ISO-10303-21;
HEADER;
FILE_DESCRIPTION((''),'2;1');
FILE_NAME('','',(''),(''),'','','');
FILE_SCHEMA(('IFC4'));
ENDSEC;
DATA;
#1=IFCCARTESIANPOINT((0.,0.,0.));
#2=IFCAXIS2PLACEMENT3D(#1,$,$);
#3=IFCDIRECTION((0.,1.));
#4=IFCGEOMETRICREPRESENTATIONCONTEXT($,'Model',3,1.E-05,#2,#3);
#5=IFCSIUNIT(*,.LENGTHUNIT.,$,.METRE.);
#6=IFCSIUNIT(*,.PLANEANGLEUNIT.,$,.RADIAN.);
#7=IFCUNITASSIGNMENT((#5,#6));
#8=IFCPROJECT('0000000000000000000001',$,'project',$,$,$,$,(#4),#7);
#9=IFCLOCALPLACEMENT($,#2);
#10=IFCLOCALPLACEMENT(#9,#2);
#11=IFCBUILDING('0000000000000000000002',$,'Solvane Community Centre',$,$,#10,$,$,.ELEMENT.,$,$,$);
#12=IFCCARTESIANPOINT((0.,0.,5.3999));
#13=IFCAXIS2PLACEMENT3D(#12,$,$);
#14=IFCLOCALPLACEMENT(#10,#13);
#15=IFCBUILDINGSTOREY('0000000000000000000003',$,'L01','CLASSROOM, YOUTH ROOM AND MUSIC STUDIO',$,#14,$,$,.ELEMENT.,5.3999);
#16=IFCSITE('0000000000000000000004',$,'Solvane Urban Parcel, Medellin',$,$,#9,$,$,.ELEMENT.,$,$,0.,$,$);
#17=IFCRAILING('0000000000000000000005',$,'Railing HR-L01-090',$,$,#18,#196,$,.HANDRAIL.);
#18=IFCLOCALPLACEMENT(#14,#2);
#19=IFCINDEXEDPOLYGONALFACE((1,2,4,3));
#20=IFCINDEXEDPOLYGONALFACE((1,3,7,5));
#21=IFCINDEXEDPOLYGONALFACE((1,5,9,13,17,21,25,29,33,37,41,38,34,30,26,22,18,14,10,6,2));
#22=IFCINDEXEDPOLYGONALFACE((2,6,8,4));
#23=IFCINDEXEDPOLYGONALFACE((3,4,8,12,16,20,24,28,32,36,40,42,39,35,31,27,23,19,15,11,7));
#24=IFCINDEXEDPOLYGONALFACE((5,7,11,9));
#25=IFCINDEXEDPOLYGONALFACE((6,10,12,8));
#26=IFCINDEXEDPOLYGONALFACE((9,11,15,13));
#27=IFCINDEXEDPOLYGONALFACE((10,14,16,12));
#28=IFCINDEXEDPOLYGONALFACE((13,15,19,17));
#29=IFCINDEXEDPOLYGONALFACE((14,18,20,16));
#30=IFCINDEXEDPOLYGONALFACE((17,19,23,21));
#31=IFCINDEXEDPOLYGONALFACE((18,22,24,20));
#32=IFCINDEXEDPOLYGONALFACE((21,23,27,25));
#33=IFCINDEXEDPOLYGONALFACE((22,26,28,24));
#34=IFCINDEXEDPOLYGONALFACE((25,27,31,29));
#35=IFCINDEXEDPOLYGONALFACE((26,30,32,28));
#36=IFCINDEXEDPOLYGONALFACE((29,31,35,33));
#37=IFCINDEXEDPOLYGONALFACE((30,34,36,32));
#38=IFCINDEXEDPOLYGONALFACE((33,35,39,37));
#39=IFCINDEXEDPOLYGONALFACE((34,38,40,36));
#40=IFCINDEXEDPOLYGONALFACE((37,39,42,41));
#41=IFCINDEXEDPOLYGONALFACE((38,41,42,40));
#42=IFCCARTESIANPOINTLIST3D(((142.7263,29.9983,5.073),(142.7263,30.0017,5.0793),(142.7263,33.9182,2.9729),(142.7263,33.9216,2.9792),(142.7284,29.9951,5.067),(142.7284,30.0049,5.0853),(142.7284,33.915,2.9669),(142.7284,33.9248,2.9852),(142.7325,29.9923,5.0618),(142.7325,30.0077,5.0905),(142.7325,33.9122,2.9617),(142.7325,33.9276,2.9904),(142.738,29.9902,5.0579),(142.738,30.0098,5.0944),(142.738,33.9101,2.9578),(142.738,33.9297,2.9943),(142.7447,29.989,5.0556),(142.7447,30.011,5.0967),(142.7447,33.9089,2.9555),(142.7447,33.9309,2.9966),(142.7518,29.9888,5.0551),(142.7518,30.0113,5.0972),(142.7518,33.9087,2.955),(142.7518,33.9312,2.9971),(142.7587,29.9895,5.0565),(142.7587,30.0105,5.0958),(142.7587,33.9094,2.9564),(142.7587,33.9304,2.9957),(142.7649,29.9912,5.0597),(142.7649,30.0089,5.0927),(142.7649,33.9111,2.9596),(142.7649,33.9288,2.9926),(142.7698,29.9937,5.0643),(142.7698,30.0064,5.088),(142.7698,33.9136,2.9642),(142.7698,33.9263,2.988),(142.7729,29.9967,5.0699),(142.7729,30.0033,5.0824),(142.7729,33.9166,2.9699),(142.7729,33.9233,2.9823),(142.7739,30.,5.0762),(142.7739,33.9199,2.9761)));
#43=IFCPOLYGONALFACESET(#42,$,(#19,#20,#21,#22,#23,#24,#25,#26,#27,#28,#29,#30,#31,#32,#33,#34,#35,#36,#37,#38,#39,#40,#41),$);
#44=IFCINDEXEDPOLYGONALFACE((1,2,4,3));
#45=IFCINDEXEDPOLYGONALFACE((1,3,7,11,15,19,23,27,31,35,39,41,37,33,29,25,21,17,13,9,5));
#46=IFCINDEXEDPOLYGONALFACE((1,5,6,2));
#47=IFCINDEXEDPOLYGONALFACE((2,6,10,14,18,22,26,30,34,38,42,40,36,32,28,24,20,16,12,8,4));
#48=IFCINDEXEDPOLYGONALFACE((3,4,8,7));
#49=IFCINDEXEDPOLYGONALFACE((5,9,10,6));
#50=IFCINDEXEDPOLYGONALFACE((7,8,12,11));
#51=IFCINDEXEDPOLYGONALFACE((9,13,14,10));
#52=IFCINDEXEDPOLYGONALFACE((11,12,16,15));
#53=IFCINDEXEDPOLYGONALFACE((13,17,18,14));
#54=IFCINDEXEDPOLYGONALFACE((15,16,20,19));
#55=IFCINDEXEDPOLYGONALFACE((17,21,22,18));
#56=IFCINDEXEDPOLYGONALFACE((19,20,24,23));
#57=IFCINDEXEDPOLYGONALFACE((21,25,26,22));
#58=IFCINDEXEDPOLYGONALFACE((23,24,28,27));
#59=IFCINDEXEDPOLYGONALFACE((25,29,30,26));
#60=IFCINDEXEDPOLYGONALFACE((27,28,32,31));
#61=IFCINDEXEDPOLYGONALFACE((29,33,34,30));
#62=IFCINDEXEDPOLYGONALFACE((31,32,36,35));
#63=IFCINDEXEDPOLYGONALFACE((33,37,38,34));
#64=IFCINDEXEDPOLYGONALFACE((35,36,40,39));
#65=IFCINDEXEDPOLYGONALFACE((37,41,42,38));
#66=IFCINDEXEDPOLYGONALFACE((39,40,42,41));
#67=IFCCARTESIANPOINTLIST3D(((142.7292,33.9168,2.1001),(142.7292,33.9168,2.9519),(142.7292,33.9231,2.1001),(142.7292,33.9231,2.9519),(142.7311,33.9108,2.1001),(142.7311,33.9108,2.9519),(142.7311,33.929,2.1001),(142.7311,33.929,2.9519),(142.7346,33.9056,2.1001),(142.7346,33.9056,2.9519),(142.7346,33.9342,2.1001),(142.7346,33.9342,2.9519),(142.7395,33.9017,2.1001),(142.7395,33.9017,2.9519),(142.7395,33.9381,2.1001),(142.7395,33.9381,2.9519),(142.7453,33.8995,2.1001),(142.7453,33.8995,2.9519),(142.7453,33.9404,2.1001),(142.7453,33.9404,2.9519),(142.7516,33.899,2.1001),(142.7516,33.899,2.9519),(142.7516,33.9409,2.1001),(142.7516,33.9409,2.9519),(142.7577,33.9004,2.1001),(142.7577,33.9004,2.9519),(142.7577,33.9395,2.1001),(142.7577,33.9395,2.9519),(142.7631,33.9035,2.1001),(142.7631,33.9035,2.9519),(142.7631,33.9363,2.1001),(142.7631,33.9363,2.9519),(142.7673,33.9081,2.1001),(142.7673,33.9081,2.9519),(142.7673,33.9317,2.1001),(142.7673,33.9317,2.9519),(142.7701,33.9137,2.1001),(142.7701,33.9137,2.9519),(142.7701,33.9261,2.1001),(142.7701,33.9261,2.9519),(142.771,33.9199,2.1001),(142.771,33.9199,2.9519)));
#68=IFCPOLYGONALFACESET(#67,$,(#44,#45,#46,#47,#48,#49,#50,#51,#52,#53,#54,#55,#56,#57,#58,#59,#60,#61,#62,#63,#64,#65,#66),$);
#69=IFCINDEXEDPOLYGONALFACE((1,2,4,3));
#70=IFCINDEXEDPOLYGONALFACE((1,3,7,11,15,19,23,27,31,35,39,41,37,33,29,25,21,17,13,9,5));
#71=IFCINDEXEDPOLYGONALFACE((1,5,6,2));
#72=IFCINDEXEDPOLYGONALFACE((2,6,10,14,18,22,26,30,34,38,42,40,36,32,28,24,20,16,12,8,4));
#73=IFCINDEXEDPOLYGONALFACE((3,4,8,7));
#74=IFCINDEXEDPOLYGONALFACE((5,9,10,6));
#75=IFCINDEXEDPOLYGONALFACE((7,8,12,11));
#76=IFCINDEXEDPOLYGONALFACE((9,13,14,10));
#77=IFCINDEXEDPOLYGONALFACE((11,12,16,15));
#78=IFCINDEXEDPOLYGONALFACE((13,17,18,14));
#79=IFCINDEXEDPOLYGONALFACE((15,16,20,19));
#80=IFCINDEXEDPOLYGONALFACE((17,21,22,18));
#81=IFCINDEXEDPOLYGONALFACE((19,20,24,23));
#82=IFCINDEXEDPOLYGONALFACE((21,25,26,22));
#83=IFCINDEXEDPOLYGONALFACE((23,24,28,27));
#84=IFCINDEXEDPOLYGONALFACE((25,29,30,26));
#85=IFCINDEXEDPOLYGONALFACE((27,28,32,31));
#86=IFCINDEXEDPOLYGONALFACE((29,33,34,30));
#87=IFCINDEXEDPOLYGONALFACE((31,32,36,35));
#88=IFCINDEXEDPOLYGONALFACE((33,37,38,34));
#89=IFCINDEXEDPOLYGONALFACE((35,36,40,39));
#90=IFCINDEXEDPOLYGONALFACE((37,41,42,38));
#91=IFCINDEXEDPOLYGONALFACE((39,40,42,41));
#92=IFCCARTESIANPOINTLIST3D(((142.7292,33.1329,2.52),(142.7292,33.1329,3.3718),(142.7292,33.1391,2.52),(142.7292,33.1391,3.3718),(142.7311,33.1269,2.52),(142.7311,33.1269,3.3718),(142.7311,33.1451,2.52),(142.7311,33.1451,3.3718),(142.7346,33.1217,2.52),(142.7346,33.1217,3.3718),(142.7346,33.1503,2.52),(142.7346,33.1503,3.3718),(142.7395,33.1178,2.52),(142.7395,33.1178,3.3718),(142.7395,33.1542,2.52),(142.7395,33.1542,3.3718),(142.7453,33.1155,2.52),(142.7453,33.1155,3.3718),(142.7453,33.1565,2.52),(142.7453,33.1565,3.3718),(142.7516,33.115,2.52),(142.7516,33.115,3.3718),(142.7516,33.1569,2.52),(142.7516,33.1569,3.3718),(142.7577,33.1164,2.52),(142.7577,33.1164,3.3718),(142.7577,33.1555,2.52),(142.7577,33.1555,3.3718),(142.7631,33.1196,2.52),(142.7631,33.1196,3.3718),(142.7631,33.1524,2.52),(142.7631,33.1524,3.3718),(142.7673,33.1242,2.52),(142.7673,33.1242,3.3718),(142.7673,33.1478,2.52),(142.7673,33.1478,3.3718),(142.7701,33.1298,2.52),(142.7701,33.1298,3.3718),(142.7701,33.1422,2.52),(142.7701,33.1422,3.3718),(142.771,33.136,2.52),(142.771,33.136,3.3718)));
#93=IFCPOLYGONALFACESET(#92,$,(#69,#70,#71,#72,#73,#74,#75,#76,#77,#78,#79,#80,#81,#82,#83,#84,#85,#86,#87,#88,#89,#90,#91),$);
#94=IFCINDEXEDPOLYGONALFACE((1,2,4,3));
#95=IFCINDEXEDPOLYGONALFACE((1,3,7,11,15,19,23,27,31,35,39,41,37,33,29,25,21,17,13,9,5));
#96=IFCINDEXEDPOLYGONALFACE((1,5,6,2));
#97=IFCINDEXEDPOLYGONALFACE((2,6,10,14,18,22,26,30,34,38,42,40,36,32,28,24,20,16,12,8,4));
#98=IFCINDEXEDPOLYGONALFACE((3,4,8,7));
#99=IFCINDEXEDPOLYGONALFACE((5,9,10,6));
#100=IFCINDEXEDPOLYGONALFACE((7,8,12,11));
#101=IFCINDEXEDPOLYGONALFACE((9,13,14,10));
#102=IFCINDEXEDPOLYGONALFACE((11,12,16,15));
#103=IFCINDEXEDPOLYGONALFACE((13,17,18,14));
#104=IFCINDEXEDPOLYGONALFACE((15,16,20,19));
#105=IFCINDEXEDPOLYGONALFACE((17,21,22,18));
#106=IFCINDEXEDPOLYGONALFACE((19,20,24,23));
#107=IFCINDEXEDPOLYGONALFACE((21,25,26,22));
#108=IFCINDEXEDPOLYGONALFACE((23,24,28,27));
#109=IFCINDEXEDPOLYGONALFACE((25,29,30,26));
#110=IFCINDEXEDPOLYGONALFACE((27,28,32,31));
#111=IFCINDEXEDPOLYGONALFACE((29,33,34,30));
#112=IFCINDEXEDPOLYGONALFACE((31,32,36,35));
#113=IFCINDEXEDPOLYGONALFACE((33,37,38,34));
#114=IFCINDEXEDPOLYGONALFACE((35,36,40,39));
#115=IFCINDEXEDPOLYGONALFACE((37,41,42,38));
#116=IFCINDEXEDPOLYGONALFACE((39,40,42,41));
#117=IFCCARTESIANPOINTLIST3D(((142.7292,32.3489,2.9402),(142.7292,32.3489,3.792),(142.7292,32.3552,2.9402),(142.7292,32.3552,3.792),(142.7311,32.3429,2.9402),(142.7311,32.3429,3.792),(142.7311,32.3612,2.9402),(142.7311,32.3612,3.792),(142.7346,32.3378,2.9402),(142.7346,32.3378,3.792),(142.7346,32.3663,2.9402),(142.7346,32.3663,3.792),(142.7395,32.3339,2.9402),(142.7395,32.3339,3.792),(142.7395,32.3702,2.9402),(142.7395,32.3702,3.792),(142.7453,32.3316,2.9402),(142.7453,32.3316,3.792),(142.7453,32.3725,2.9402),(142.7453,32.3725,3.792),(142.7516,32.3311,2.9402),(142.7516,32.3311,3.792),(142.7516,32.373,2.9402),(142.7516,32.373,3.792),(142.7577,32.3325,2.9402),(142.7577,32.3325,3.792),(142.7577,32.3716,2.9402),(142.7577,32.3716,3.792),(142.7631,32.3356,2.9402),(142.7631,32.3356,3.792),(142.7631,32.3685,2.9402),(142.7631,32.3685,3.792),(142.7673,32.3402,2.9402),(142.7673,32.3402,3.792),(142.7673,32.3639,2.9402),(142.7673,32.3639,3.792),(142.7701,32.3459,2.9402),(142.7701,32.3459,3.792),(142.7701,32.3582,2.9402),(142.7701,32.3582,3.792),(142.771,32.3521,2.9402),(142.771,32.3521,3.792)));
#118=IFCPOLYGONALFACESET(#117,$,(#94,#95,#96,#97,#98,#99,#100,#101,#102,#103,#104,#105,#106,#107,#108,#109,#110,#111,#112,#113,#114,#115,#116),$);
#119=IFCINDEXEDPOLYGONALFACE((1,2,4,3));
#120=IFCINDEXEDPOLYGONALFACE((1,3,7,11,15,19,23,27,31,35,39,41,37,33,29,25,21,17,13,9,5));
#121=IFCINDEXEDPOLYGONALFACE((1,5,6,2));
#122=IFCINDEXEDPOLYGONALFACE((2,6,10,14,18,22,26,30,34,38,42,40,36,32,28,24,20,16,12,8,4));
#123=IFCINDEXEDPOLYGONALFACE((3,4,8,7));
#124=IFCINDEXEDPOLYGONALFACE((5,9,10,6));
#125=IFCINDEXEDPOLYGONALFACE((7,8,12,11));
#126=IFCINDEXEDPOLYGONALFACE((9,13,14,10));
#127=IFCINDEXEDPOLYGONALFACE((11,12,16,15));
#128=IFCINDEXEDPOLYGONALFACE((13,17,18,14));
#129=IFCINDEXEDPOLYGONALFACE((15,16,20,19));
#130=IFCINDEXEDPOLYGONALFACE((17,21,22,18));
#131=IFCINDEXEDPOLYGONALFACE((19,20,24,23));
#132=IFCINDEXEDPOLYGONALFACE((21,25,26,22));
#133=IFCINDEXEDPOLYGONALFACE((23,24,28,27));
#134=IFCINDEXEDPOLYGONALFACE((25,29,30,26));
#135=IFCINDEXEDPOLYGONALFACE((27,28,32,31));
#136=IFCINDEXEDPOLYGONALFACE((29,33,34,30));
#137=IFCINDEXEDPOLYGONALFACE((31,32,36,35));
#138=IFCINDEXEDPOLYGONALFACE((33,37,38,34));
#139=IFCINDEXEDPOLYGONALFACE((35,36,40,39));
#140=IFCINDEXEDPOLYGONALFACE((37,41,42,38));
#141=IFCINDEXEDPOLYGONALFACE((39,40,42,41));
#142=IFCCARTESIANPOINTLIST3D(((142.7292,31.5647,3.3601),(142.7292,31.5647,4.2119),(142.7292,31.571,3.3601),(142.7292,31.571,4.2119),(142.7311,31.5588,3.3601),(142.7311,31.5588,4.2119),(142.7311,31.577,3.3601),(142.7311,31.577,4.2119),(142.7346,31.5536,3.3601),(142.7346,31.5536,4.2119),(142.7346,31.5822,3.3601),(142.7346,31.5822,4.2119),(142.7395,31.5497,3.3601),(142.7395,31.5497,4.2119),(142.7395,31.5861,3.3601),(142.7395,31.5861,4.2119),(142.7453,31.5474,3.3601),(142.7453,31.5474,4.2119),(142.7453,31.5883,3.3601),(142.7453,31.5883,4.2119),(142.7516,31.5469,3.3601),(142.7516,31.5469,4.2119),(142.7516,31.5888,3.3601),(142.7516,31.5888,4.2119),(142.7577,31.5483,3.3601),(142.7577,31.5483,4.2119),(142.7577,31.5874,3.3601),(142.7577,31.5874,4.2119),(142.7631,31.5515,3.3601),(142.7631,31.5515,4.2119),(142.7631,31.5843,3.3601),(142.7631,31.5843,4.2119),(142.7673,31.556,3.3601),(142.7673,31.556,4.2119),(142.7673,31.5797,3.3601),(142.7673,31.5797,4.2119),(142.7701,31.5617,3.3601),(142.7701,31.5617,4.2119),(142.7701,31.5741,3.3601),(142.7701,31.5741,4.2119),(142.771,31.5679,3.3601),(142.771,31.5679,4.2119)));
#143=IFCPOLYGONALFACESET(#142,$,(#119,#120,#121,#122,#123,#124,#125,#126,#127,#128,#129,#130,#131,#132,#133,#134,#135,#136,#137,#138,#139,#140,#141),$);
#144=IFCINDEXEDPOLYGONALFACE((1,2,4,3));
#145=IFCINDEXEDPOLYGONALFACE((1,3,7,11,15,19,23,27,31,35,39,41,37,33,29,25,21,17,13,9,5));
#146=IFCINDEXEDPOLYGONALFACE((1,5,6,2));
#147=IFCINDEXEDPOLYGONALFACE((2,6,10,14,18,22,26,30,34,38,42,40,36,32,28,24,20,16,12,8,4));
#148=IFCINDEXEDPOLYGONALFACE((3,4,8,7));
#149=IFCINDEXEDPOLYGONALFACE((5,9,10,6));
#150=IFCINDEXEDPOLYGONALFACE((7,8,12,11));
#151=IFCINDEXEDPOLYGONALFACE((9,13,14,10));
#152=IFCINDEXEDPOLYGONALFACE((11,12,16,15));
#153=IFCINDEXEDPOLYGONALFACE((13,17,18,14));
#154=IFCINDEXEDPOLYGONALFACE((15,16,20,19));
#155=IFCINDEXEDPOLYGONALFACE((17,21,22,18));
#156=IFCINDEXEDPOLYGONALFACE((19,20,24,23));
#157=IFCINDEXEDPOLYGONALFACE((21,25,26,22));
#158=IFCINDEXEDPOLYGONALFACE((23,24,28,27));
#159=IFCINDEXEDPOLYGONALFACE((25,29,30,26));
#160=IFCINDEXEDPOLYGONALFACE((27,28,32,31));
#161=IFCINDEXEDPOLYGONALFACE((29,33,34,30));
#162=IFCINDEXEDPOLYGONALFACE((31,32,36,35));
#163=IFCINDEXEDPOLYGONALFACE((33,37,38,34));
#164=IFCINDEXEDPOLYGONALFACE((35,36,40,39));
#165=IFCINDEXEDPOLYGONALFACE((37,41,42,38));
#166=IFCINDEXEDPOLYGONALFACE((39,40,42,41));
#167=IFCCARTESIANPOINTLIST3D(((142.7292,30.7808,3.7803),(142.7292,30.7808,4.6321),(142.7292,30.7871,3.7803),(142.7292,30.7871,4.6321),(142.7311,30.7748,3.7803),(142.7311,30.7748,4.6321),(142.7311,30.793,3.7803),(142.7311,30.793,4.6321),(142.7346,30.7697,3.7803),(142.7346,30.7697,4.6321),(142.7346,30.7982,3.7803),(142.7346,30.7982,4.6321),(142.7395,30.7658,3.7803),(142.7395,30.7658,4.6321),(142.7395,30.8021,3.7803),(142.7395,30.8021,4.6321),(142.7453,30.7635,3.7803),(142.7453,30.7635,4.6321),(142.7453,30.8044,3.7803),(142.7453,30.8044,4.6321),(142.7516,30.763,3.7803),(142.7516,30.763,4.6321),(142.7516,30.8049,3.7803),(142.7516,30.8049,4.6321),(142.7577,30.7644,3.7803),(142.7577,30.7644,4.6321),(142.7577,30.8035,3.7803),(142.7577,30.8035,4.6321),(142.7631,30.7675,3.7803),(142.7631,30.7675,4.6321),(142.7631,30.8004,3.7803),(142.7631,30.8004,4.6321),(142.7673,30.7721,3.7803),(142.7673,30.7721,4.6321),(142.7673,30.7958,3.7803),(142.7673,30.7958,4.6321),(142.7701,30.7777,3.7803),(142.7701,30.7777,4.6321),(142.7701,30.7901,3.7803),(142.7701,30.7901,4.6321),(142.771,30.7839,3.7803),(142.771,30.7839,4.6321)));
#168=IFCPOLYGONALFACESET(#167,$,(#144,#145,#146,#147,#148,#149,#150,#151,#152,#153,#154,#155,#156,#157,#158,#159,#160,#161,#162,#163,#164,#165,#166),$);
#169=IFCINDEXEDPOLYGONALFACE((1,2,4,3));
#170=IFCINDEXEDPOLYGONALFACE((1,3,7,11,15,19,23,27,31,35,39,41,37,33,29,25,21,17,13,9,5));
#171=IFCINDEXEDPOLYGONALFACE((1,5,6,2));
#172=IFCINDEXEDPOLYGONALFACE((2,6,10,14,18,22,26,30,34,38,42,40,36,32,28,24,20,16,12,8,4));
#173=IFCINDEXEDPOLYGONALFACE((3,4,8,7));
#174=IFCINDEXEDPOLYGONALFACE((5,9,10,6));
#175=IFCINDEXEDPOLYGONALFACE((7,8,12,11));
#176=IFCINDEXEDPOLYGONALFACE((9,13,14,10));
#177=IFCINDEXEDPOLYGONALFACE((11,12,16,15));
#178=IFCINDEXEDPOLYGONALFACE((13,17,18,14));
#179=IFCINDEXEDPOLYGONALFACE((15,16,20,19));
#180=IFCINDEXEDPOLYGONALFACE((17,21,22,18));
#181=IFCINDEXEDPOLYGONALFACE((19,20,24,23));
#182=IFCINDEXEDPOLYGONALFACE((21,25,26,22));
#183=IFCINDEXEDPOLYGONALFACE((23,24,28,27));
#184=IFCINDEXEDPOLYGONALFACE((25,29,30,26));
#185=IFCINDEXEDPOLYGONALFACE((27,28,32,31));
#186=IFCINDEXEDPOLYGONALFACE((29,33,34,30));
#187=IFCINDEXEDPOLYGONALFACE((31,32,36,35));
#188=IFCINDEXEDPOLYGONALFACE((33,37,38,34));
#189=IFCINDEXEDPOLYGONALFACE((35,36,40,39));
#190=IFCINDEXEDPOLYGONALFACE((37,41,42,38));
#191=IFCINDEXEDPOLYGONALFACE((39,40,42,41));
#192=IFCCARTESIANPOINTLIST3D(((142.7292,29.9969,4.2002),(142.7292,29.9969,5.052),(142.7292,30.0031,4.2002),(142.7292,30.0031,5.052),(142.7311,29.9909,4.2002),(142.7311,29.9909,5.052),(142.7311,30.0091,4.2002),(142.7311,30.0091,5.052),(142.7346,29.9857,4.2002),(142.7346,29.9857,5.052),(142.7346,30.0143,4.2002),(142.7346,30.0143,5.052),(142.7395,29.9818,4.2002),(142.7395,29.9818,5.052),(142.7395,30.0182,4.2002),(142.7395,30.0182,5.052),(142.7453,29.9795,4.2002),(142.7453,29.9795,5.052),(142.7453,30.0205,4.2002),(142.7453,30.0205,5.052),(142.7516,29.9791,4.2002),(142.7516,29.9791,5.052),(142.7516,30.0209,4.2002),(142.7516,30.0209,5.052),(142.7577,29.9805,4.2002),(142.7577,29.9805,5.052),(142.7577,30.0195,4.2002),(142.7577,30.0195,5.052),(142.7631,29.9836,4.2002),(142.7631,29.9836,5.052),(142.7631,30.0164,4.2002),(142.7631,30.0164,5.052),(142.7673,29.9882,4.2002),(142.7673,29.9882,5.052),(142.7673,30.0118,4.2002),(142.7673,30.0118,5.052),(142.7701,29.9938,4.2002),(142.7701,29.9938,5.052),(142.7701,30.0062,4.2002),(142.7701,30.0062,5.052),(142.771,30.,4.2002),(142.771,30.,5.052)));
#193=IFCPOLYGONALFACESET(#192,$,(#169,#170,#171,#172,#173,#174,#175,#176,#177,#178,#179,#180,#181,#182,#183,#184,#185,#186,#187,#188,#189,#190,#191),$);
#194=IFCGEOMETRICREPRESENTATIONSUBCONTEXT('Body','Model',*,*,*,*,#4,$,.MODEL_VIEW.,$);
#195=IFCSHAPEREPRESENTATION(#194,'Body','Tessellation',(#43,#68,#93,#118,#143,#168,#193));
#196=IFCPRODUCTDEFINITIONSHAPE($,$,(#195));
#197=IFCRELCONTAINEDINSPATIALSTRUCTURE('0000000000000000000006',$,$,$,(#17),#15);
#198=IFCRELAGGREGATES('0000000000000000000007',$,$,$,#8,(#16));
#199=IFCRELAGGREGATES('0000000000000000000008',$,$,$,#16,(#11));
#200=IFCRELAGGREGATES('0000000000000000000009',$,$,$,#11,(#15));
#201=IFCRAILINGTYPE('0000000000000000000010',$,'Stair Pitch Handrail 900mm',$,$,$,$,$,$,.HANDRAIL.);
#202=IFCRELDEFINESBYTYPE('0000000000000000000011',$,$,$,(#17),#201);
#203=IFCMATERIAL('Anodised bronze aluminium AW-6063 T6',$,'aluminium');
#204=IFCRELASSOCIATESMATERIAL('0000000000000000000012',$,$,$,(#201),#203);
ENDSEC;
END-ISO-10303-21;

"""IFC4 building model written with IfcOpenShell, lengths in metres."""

from ifc_helpers import new_model, si_unit, direction, frame, origin, origin_2d, place, context, subcontext, project, spatial, circle, extrude, material, type_object, element, save


model = new_model("IFC4")

# Units and contexts
model_context = context("Model", 3, precision=1e-05, world=origin(), true_north=direction((0.0, 1.0)))
body_context = subcontext(model_context, "Body", "Model", "MODEL_VIEW")
ifc_project = project(units=[si_unit("LENGTHUNIT", "METRE"), si_unit("PLANEANGLEUNIT", "RADIAN")], contexts=[model_context])

# Site, building, storey
site_placement = place(None, origin())
site = spatial("IfcSite", under=ifc_project, at=site_placement, Name="Solvane Urban Parcel, Medellin", CompositionType="ELEMENT", RefElevation=0.0)
building_placement = place(site_placement, origin())
building = spatial("IfcBuilding", under=site, at=building_placement, Name="Solvane Community Centre", CompositionType="ELEMENT")
storey_placement = place(building_placement, frame((0.0, 0.0, 5.3999)))
storey = spatial("IfcBuildingStorey", under=building, at=storey_placement, Name="L01", Description="CLASSROOM, YOUTH ROOM AND MUSIC STUDIO", CompositionType="ELEMENT", Elevation=5.3999)

# Railing
ifc_material_1 = material(Name="Anodised bronze aluminium AW-6063 T6", Category="aluminium")
railing_type_1 = type_object("IfcRailingType", Name="Stair Pitch Handrail 900mm", PredefinedType="HANDRAIL", material=ifc_material_1)
railing_1_placement = place(storey_placement, frame((142.75, 33.9199, 2.1001)))
element("IfcRailing", 1, at=railing_1_placement, inside=storey, type_object=railing_type_1, Name="Railing HR-L01-090", PredefinedType="HANDRAIL", context=body_context, shape_type="SweptSolid", body=[
    extrude(circle(Radius=0.0239, at=origin_2d()), frame((0.0, 0.0, 0.876), z_axis=(0.0, -0.881467, 0.472246), x_axis=(1.0, 0.0, 0.0)), (0.0, 0.0, 1.0), 4.447),
    extrude(circle(Radius=0.021, at=origin_2d()), origin(), (0.0, 0.0, 1.0), 0.8518),
    extrude(circle(Radius=0.021, at=origin_2d()), frame((0.0, -0.7839, 0.4199)), (0.0, 0.0, 1.0), 0.8518),
    extrude(circle(Radius=0.021, at=origin_2d()), frame((0.0, -1.5679, 0.8401)), (0.0, 0.0, 1.0), 0.8518),
    extrude(circle(Radius=0.021, at=origin_2d()), frame((0.0, -2.3521, 1.26)), (0.0, 0.0, 1.0), 0.8518),
    extrude(circle(Radius=0.021, at=origin_2d()), frame((0.0, -3.136, 1.6802)), (0.0, 0.0, 1.0), 0.8518),
    extrude(circle(Radius=0.021, at=origin_2d()), frame((0.0, -3.9199, 2.1001)), (0.0, 0.0, 1.0), 0.8518),
])

save(model, "model.ifc")
